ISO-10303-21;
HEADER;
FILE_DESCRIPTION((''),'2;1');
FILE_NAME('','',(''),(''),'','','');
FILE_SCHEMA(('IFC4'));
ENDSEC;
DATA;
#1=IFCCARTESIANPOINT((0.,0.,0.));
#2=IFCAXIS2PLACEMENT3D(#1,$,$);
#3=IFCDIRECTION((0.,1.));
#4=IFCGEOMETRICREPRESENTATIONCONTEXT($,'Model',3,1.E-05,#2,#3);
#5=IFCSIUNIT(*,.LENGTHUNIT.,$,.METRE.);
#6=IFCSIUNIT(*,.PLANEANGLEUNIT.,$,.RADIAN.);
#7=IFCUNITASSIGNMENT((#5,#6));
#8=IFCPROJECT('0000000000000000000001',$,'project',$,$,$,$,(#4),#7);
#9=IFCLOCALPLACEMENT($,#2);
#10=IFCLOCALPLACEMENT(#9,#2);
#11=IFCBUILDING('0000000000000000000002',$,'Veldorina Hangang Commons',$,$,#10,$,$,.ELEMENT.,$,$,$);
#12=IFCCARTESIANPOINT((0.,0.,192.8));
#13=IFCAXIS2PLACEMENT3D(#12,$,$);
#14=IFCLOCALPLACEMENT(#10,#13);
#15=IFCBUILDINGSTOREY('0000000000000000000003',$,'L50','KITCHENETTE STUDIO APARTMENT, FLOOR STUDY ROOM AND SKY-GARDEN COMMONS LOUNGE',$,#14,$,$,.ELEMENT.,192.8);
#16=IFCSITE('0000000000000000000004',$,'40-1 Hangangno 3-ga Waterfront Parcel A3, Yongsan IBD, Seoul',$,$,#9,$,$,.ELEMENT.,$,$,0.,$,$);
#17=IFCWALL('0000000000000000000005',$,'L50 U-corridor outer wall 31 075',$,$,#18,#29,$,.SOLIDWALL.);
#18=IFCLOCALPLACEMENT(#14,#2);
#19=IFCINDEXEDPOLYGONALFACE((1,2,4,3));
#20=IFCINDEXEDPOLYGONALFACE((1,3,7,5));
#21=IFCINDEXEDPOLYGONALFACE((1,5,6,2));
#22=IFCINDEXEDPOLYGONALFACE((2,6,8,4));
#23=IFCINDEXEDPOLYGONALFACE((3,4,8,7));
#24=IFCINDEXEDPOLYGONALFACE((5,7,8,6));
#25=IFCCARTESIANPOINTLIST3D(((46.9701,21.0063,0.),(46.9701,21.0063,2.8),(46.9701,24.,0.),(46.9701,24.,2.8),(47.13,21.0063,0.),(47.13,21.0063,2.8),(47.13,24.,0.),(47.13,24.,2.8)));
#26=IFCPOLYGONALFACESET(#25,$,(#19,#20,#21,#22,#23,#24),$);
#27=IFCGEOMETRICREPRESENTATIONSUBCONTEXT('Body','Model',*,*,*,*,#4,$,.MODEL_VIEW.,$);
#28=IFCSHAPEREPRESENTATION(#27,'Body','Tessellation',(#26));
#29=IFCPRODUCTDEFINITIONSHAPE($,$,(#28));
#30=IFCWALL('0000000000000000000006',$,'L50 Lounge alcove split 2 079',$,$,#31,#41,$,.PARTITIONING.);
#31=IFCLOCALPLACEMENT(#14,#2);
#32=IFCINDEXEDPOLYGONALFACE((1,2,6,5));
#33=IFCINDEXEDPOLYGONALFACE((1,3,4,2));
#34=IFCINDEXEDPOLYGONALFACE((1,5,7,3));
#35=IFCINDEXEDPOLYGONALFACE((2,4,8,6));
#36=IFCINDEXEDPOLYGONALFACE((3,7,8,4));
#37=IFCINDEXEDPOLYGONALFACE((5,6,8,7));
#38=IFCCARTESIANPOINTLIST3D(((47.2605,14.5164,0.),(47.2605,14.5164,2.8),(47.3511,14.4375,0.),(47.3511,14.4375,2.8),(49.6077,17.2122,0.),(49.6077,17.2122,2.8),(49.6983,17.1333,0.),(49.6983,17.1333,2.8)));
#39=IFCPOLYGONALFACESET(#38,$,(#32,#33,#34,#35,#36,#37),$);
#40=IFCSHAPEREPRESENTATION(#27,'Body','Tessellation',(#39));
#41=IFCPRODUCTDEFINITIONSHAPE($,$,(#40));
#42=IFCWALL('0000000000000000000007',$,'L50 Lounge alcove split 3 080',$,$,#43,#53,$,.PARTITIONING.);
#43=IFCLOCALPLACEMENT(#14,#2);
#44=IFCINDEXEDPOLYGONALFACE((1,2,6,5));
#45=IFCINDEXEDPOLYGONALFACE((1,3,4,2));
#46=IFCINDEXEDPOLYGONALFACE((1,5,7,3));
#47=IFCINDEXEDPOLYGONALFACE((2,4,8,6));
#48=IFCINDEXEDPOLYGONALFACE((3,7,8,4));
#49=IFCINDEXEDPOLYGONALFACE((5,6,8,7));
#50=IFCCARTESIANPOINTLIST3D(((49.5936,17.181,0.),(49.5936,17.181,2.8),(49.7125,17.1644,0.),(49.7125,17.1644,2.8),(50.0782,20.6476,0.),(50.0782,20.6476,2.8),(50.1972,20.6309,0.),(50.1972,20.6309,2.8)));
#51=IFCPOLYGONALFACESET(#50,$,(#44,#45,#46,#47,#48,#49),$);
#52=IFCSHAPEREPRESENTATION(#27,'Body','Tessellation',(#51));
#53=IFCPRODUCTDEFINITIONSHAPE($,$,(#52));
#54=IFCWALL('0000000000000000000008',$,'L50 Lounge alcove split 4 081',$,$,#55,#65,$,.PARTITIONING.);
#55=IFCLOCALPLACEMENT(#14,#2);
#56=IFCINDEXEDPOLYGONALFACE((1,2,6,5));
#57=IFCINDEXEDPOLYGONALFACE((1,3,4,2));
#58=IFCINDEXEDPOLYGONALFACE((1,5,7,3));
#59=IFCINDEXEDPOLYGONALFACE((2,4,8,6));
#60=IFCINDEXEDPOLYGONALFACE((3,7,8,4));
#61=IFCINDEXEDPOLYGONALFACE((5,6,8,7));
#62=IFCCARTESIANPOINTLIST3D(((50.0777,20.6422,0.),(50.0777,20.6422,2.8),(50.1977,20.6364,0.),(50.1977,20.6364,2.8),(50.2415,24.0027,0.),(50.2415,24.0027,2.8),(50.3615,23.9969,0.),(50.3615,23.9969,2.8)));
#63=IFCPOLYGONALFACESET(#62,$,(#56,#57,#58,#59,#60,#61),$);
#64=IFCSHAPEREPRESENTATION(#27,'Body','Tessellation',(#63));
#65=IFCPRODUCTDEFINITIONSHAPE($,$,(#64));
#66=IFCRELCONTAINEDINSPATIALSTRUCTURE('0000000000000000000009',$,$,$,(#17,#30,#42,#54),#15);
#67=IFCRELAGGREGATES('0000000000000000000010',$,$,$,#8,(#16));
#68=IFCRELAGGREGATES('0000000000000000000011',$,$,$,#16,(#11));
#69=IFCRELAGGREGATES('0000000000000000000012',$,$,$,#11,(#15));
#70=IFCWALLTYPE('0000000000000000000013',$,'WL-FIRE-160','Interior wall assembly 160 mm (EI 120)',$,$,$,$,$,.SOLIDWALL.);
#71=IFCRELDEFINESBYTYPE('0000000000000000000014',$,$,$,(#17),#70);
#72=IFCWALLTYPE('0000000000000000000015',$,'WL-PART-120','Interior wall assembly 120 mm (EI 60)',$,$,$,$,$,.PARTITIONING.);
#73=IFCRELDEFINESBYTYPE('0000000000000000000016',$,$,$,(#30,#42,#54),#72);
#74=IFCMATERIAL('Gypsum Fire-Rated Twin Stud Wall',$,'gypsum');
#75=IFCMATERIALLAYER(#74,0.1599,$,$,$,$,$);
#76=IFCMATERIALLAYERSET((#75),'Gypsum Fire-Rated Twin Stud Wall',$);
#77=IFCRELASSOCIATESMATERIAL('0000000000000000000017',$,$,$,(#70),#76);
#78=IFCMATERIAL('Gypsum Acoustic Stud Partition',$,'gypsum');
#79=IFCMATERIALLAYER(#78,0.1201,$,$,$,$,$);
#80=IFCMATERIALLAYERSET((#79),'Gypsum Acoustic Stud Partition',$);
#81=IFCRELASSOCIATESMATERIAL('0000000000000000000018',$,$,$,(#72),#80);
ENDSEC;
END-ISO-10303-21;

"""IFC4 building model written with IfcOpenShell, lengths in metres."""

from ifc_helpers import new_model, si_unit, direction, frame, frame_2d, origin, place, context, subcontext, project, spatial, rectangle, extrude, material, layer, layer_set, type_object, element, save


model = new_model("IFC4")

# Units and contexts
model_context = context("Model", 3, precision=1e-05, world=origin(), true_north=direction((0.0, 1.0)))
body_context = subcontext(model_context, "Body", "Model", "MODEL_VIEW")
ifc_project = project(units=[si_unit("LENGTHUNIT", "METRE"), si_unit("PLANEANGLEUNIT", "RADIAN")], contexts=[model_context])

# Site, building, storey
site_placement = place(None, origin())
site = spatial("IfcSite", under=ifc_project, at=site_placement, Name="40-1 Hangangno 3-ga Waterfront Parcel A3, Yongsan IBD, Seoul", CompositionType="ELEMENT", RefElevation=0.0)
building_placement = place(site_placement, origin())
building = spatial("IfcBuilding", under=site, at=building_placement, Name="Veldorina Hangang Commons", CompositionType="ELEMENT")
storey_placement = place(building_placement, frame((0.0, 0.0, 192.8)))
storey = spatial("IfcBuildingStorey", under=building, at=storey_placement, Name="L50", Description="KITCHENETTE STUDIO APARTMENT, FLOOR STUDY ROOM AND SKY-GARDEN COMMONS LOUNGE", CompositionType="ELEMENT", Elevation=192.8)

# Shared definitions
ifc_material_1 = material(Name="Gypsum Fire-Rated Twin Stud Wall", Category="gypsum")
ifc_layer_1 = layer(ifc_material_1, 0.1599)
ifc_layer_set_1 = layer_set([ifc_layer_1], Name="Gypsum Fire-Rated Twin Stud Wall")
wall_type_1 = type_object("IfcWallType", Name="WL-FIRE-160", Description="Interior wall assembly 160 mm (EI 120)", PredefinedType="SOLIDWALL", material=ifc_layer_set_1)

# Walls
wall_1_placement = place(storey_placement, frame((47.05, 21.0063, 0.0), z_axis=(0.0, 0.0, 1.0), x_axis=(0.0, 1.0, 0.0)))
element("IfcWall", 1, at=wall_1_placement, inside=storey, type_object=wall_type_1, Name="L50 U-corridor outer wall 31 075", PredefinedType="SOLIDWALL", context=body_context, shape_type="SweptSolid", body=[
    extrude(rectangle(XDim=2.9937, YDim=0.1599, at=frame_2d((1.4968, 0.0))), origin(), (0.0, 0.0, 1.0), 2.8),
])
ifc_material_2 = material(Name="Gypsum Acoustic Stud Partition", Category="gypsum")
ifc_layer_2 = layer(ifc_material_2, 0.1201)
ifc_layer_set_2 = layer_set([ifc_layer_2], Name="Gypsum Acoustic Stud Partition")
wall_type_2 = type_object("IfcWallType", Name="WL-PART-120", Description="Interior wall assembly 120 mm (EI 60)", PredefinedType="PARTITIONING", material=ifc_layer_set_2)
wall_2_placement = place(storey_placement, frame((47.3059, 14.4771, 0.0), z_axis=(0.0, 0.0, 1.0), x_axis=(0.656655, 0.754191, 0.0)))
element("IfcWall", 2, at=wall_2_placement, inside=storey, type_object=wall_type_2, Name="L50 Lounge alcove split 2 079", PredefinedType="PARTITIONING", context=body_context, shape_type="SweptSolid", body=[
    extrude(rectangle(XDim=3.5745, YDim=0.1201, at=frame_2d((1.7871, 0.0))), origin(), (0.0, 0.0, 1.0), 2.8),
])
wall_3_placement = place(storey_placement, frame((49.6531, 17.1729, 0.0), z_axis=(0.0, 0.0, 1.0), x_axis=(0.138452, 0.990369, 0.0)))
element("IfcWall", 3, at=wall_3_placement, inside=storey, type_object=wall_type_2, Name="L50 Lounge alcove split 3 080", PredefinedType="PARTITIONING", context=body_context, shape_type="SweptSolid", body=[
    extrude(rectangle(XDim=3.5002, YDim=0.1201, at=frame_2d((1.75, 0.0))), origin(), (0.0, 0.0, 1.0), 2.8),
])
wall_4_placement = place(storey_placement, frame((50.1377, 20.6394, 0.0), z_axis=(0.0, 0.0, 1.0), x_axis=(0.048689, 0.998814, 0.0)))
element("IfcWall", 4, at=wall_4_placement, inside=storey, type_object=wall_type_2, Name="L50 Lounge alcove split 4 081", PredefinedType="PARTITIONING", context=body_context, shape_type="SweptSolid", body=[
    extrude(rectangle(XDim=3.3645, YDim=0.1201, at=frame_2d((1.6821, 0.0))), origin(), (0.0, 0.0, 1.0), 2.8),
])

save(model, "model.ifc")
